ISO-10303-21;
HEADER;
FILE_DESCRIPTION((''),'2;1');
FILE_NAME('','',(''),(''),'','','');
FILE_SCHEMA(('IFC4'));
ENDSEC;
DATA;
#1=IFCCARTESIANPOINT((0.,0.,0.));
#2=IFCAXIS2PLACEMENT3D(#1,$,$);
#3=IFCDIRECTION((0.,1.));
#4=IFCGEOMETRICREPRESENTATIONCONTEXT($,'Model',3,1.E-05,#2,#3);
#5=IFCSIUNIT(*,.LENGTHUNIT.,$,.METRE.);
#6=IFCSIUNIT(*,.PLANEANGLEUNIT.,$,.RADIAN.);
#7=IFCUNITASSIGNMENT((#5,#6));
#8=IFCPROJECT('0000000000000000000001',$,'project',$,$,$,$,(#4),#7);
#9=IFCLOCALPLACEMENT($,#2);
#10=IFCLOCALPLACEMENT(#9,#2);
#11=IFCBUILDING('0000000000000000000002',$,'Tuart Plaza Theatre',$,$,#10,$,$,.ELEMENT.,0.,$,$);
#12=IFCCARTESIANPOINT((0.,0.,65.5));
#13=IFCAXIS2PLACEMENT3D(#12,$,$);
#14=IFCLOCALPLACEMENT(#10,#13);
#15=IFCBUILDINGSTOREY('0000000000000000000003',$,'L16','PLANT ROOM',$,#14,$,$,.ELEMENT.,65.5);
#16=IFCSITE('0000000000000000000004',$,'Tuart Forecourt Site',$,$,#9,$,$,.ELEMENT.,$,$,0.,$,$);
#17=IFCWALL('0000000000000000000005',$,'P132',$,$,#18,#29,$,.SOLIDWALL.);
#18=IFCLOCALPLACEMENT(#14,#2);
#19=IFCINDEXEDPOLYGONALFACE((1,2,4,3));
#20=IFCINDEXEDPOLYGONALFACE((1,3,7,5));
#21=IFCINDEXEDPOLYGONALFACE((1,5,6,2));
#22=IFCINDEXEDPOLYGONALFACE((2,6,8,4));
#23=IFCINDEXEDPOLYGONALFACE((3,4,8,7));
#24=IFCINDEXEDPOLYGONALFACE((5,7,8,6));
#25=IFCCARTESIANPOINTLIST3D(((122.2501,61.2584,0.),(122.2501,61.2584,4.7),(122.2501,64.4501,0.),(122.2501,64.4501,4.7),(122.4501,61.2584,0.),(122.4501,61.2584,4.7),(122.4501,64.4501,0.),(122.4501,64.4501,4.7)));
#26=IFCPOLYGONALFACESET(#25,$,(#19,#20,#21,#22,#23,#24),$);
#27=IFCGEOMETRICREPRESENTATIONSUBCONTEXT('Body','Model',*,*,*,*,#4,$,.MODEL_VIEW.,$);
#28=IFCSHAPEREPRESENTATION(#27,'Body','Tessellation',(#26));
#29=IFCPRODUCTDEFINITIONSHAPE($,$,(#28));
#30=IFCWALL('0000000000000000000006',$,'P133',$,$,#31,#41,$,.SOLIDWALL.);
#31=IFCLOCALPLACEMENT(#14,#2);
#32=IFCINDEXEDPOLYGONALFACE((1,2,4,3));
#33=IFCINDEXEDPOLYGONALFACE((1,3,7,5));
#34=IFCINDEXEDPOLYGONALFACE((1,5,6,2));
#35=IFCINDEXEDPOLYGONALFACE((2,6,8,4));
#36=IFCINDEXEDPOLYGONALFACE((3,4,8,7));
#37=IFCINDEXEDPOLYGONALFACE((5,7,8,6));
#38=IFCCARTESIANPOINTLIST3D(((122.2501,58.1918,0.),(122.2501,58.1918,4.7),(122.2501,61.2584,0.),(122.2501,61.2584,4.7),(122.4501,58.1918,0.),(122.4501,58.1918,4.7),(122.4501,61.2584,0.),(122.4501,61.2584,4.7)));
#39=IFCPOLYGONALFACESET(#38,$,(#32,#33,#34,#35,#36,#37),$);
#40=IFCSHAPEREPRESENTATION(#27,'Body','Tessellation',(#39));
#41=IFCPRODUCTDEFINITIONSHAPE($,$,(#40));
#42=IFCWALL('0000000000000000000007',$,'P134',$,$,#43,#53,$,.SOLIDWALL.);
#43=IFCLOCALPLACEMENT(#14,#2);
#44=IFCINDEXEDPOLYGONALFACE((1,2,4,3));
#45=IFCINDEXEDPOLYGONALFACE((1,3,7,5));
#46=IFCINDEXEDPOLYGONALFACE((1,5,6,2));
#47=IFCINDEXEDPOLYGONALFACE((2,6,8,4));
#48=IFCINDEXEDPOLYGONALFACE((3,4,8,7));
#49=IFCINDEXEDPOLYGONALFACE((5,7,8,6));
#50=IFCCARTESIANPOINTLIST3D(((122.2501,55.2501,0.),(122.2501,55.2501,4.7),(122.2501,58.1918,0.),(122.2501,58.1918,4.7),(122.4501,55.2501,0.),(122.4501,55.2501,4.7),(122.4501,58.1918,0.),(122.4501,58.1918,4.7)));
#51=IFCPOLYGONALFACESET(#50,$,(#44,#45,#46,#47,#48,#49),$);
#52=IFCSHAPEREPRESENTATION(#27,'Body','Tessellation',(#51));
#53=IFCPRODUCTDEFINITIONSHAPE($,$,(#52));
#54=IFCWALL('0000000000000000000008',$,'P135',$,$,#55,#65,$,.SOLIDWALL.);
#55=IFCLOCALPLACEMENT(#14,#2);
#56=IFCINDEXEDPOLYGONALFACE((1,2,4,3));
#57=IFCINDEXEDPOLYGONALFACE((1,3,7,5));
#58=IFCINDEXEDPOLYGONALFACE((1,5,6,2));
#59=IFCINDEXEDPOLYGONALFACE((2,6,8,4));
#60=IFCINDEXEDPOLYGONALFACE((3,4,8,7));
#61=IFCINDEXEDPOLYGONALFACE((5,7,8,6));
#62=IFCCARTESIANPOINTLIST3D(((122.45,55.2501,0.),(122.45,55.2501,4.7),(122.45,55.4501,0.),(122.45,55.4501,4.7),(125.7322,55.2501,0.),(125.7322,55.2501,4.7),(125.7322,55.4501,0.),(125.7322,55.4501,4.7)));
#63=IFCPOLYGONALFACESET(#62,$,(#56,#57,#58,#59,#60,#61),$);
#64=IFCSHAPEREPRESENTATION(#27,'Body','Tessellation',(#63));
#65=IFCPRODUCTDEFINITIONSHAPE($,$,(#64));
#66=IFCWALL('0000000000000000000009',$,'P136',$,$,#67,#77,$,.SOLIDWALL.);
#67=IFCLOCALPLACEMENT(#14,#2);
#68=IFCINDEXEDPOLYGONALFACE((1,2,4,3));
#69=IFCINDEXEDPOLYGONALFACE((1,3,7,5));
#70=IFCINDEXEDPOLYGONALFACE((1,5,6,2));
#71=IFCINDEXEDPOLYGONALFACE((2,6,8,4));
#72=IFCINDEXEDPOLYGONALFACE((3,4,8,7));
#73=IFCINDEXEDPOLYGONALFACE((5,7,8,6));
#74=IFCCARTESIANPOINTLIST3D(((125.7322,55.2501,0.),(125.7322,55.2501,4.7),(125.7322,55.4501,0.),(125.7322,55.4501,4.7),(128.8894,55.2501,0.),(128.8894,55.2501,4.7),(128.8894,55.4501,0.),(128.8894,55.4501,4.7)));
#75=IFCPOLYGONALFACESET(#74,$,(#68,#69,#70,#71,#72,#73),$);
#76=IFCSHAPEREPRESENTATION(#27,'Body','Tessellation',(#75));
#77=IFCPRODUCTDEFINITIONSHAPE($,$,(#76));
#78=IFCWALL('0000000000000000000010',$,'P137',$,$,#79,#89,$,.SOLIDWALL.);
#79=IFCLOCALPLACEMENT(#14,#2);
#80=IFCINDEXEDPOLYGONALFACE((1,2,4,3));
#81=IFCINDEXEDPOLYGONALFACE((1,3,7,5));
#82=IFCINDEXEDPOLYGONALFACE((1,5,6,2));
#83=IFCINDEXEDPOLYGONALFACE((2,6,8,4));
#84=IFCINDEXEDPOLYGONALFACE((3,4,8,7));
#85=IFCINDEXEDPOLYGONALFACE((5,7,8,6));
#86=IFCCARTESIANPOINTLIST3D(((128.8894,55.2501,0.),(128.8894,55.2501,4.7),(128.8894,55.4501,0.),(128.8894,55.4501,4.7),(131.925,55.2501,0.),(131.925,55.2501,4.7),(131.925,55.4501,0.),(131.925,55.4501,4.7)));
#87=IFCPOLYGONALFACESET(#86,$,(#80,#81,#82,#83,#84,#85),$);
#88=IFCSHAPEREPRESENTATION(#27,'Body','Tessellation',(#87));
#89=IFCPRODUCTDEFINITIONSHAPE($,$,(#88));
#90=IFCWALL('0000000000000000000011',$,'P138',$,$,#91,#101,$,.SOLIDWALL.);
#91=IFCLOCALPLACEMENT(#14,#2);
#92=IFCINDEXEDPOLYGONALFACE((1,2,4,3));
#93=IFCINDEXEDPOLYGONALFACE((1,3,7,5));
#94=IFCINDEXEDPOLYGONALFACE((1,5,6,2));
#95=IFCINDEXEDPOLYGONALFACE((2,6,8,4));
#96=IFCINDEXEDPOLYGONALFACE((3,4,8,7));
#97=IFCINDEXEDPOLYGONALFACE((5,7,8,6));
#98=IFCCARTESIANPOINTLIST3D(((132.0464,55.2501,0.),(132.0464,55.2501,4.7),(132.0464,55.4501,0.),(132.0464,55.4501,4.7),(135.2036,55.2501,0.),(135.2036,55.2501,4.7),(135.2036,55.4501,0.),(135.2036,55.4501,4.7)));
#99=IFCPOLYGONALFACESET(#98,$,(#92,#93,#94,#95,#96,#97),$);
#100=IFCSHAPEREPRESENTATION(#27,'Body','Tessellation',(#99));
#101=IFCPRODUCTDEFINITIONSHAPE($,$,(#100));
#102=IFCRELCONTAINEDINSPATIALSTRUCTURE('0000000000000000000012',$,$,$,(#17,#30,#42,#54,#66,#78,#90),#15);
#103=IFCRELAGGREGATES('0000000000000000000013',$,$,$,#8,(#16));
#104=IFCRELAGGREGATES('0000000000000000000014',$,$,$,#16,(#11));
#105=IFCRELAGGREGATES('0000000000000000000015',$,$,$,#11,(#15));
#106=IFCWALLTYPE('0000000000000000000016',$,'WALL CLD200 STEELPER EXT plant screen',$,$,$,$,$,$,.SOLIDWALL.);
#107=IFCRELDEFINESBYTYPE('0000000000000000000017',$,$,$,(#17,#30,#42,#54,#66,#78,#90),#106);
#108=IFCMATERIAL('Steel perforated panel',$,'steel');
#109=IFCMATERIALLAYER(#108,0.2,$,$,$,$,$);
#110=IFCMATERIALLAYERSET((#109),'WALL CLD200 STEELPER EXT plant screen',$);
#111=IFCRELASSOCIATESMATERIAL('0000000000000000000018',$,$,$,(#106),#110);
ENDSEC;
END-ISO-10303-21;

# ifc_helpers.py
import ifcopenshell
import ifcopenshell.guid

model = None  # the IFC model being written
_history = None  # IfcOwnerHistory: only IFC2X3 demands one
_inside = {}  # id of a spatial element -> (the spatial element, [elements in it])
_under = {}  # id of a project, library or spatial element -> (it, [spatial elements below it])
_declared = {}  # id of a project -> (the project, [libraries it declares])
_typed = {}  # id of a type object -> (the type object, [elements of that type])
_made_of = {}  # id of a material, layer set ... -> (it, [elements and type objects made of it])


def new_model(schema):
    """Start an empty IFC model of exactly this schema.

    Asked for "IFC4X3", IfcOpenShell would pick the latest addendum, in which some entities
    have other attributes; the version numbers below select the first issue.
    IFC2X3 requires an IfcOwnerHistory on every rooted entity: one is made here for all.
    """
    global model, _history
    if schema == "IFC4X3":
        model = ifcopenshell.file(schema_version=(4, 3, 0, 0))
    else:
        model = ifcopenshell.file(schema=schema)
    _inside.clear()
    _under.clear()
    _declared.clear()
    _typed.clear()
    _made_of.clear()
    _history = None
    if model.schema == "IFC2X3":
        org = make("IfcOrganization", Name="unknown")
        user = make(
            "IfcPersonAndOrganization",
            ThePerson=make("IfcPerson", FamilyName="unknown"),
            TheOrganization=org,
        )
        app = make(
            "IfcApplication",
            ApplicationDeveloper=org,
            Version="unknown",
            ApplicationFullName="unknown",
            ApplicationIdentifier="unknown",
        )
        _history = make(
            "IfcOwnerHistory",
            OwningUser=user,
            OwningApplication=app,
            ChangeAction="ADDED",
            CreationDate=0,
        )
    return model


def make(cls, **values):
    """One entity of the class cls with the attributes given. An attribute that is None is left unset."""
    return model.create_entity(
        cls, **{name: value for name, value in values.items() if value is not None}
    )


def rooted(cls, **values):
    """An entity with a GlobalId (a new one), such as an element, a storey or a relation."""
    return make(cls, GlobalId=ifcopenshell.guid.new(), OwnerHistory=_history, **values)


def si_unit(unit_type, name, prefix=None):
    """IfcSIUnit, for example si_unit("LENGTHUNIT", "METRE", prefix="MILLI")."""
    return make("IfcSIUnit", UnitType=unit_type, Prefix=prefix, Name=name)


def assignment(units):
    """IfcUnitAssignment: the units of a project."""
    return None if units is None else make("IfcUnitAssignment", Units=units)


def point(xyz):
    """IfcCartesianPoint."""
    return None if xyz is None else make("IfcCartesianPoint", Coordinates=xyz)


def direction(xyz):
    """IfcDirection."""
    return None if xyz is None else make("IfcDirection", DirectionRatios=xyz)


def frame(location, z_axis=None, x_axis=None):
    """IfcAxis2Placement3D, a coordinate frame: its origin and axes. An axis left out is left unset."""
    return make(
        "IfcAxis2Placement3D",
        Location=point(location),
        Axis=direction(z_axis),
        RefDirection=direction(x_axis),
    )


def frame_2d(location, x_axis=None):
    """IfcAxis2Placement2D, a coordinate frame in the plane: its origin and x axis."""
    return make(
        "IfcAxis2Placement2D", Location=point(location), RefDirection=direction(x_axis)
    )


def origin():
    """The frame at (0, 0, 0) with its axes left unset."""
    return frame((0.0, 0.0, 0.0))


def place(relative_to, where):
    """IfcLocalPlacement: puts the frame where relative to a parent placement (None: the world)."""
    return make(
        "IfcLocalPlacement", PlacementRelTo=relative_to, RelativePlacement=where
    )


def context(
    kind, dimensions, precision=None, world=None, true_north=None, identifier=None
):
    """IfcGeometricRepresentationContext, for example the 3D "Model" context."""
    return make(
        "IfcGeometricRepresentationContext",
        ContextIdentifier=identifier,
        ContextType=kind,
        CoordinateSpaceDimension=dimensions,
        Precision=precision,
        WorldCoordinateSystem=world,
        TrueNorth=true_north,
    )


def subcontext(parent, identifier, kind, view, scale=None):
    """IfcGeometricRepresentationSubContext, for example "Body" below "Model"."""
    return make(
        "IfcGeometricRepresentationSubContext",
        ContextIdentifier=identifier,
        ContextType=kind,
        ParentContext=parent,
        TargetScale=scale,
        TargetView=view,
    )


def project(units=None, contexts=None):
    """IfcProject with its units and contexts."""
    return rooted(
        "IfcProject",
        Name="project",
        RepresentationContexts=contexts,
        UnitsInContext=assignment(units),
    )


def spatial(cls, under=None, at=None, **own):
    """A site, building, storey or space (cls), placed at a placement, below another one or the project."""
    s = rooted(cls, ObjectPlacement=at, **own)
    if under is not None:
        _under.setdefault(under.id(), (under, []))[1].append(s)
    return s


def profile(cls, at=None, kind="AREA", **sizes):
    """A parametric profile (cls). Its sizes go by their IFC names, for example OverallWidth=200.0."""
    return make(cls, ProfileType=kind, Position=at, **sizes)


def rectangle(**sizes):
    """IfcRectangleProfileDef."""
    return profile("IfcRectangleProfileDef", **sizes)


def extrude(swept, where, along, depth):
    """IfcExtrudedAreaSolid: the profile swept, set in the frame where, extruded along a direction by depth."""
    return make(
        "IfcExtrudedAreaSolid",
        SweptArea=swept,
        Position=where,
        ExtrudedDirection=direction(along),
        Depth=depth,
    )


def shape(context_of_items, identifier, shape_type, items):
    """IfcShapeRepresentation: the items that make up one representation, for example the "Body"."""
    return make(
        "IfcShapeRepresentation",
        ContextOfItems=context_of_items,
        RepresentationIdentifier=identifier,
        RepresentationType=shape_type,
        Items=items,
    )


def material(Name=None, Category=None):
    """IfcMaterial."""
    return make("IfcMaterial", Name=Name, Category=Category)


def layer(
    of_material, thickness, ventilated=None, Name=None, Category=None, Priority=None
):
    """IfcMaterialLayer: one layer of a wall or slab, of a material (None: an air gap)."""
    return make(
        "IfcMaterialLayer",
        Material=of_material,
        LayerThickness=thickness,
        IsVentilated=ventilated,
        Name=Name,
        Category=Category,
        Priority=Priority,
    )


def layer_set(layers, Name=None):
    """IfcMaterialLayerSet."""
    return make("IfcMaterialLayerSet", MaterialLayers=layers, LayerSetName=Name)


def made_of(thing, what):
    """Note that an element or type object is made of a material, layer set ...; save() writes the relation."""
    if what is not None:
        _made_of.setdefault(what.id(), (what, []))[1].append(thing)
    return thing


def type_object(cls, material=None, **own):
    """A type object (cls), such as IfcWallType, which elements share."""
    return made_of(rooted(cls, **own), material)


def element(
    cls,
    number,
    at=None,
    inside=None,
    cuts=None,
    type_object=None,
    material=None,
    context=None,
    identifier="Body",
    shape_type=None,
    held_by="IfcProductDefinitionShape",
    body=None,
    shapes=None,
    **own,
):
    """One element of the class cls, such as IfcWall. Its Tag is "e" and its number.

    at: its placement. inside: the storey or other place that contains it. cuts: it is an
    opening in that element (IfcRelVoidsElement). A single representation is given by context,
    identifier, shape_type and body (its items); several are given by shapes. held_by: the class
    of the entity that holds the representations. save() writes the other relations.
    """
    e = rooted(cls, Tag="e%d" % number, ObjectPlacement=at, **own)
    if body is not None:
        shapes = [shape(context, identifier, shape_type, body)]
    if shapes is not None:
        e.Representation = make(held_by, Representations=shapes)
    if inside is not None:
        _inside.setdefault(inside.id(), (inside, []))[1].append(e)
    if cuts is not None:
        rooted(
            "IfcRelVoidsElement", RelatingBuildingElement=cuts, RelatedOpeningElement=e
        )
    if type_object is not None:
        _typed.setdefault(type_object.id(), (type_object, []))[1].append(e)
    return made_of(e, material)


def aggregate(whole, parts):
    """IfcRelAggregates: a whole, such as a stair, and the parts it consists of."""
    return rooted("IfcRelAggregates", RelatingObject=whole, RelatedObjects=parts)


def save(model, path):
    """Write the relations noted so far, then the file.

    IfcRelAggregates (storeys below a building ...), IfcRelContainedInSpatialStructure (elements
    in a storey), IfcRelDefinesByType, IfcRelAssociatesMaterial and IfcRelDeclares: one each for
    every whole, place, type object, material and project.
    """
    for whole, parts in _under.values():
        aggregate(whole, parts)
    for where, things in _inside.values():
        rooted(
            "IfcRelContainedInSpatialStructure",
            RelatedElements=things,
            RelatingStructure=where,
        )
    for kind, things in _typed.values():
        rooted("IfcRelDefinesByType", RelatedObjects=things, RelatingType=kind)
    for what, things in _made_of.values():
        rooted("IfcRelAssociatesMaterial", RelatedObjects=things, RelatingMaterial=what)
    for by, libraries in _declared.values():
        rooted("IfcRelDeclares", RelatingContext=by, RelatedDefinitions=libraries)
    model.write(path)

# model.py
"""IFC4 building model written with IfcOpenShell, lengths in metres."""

from ifc_helpers import new_model, si_unit, direction, frame, frame_2d, origin, place, context, subcontext, project, spatial, rectangle, extrude, material, layer, layer_set, type_object, element, save


model = new_model("IFC4")

# Units and contexts
model_context = context("Model", 3, precision=1e-05, world=origin(), true_north=direction((0.0, 1.0)))
body_context = subcontext(model_context, "Body", "Model", "MODEL_VIEW")
ifc_project = project(units=[si_unit("LENGTHUNIT", "METRE"), si_unit("PLANEANGLEUNIT", "RADIAN")], contexts=[model_context])

# Site, building, storey
site_placement = place(None, origin())
site = spatial("IfcSite", under=ifc_project, at=site_placement, Name="Tuart Forecourt Site", CompositionType="ELEMENT", RefElevation=0.0)
building_placement = place(site_placement, origin())
building = spatial("IfcBuilding", under=site, at=building_placement, Name="Tuart Plaza Theatre", CompositionType="ELEMENT", ElevationOfRefHeight=0.0)
storey_placement = place(building_placement, frame((0.0, 0.0, 65.5)))
storey = spatial("IfcBuildingStorey", under=building, at=storey_placement, Name="L16", Description="PLANT ROOM", CompositionType="ELEMENT", Elevation=65.5)

# Walls
ifc_material_1 = material(Name="Steel perforated panel", Category="steel")
ifc_layer_1 = layer(ifc_material_1, 0.2)
ifc_layer_set_1 = layer_set([ifc_layer_1], Name="WALL CLD200 STEELPER EXT plant screen")
wall_type_1 = type_object("IfcWallType", Name="WALL CLD200 STEELPER EXT plant screen", PredefinedType="SOLIDWALL", material=ifc_layer_set_1)
wall_1_placement = place(storey_placement, frame((122.3501, 64.45, 0.0), z_axis=(0.0, 0.0, 1.0), x_axis=(0.0, -1.0, 0.0)))
element("IfcWall", 1, at=wall_1_placement, inside=storey, type_object=wall_type_1, Name="P132", PredefinedType="SOLIDWALL", context=body_context, shape_type="SweptSolid", body=[
    extrude(rectangle(XDim=3.1917, YDim=0.2, at=frame_2d((1.5957, 0.0))), origin(), (0.0, 0.0, 1.0), 4.7),
])
wall_2_placement = place(storey_placement, frame((122.3501, 61.2583, 0.0), z_axis=(0.0, 0.0, 1.0), x_axis=(0.0, -1.0, 0.0)))
element("IfcWall", 2, at=wall_2_placement, inside=storey, type_object=wall_type_1, Name="P133", PredefinedType="SOLIDWALL", context=body_context, shape_type="SweptSolid", body=[
    extrude(rectangle(XDim=3.0667, YDim=0.2, at=frame_2d((1.5332, 0.0))), origin(), (0.0, 0.0, 1.0), 4.7),
])
wall_3_placement = place(storey_placement, frame((122.3501, 58.1917, 0.0), z_axis=(0.0, 0.0, 1.0), x_axis=(0.0, -1.0, 0.0)))
element("IfcWall", 3, at=wall_3_placement, inside=storey, type_object=wall_type_1, Name="P134", PredefinedType="SOLIDWALL", context=body_context, shape_type="SweptSolid", body=[
    extrude(rectangle(XDim=2.9417, YDim=0.2, at=frame_2d((1.4707, 0.0))), origin(), (0.0, 0.0, 1.0), 4.7),
])
wall_4_placement = place(storey_placement, frame((122.45, 55.3501, 0.0), z_axis=(0.0, 0.0, 1.0), x_axis=(1.0, 0.0, 0.0)))
element("IfcWall", 4, at=wall_4_placement, inside=storey, type_object=wall_type_1, Name="P135", PredefinedType="SOLIDWALL", context=body_context, shape_type="SweptSolid", body=[
    extrude(rectangle(XDim=3.2822, YDim=0.2, at=frame_2d((1.6411, 0.0))), origin(), (0.0, 0.0, 1.0), 4.7),
])
wall_5_placement = place(storey_placement, frame((125.7322, 55.3501, 0.0), z_axis=(0.0, 0.0, 1.0), x_axis=(1.0, 0.0, 0.0)))
element("IfcWall", 5, at=wall_5_placement, inside=storey, type_object=wall_type_1, Name="P136", PredefinedType="SOLIDWALL", context=body_context, shape_type="SweptSolid", body=[
    extrude(rectangle(XDim=3.1572, YDim=0.2, at=frame_2d((1.5786, 0.0))), origin(), (0.0, 0.0, 1.0), 4.7),
])
wall_6_placement = place(storey_placement, frame((128.8894, 55.3501, 0.0), z_axis=(0.0, 0.0, 1.0), x_axis=(1.0, 0.0, 0.0)))
element("IfcWall", 6, at=wall_6_placement, inside=storey, type_object=wall_type_1, Name="P137", PredefinedType="SOLIDWALL", context=body_context, shape_type="SweptSolid", body=[
    extrude(rectangle(XDim=3.0356, YDim=0.2, at=frame_2d((1.5178, 0.0))), origin(), (0.0, 0.0, 1.0), 4.7),
])
wall_7_placement = place(storey_placement, frame((132.0464, 55.3501, 0.0), z_axis=(0.0, 0.0, 1.0), x_axis=(1.0, 0.0, 0.0)))
element("IfcWall", 7, at=wall_7_placement, inside=storey, type_object=wall_type_1, Name="P138", PredefinedType="SOLIDWALL", context=body_context, shape_type="SweptSolid", body=[
    extrude(rectangle(XDim=3.1572, YDim=0.2, at=frame_2d((1.5786, 0.0))), origin(), (0.0, 0.0, 1.0), 4.7),
])

save(model, "model.ifc")
